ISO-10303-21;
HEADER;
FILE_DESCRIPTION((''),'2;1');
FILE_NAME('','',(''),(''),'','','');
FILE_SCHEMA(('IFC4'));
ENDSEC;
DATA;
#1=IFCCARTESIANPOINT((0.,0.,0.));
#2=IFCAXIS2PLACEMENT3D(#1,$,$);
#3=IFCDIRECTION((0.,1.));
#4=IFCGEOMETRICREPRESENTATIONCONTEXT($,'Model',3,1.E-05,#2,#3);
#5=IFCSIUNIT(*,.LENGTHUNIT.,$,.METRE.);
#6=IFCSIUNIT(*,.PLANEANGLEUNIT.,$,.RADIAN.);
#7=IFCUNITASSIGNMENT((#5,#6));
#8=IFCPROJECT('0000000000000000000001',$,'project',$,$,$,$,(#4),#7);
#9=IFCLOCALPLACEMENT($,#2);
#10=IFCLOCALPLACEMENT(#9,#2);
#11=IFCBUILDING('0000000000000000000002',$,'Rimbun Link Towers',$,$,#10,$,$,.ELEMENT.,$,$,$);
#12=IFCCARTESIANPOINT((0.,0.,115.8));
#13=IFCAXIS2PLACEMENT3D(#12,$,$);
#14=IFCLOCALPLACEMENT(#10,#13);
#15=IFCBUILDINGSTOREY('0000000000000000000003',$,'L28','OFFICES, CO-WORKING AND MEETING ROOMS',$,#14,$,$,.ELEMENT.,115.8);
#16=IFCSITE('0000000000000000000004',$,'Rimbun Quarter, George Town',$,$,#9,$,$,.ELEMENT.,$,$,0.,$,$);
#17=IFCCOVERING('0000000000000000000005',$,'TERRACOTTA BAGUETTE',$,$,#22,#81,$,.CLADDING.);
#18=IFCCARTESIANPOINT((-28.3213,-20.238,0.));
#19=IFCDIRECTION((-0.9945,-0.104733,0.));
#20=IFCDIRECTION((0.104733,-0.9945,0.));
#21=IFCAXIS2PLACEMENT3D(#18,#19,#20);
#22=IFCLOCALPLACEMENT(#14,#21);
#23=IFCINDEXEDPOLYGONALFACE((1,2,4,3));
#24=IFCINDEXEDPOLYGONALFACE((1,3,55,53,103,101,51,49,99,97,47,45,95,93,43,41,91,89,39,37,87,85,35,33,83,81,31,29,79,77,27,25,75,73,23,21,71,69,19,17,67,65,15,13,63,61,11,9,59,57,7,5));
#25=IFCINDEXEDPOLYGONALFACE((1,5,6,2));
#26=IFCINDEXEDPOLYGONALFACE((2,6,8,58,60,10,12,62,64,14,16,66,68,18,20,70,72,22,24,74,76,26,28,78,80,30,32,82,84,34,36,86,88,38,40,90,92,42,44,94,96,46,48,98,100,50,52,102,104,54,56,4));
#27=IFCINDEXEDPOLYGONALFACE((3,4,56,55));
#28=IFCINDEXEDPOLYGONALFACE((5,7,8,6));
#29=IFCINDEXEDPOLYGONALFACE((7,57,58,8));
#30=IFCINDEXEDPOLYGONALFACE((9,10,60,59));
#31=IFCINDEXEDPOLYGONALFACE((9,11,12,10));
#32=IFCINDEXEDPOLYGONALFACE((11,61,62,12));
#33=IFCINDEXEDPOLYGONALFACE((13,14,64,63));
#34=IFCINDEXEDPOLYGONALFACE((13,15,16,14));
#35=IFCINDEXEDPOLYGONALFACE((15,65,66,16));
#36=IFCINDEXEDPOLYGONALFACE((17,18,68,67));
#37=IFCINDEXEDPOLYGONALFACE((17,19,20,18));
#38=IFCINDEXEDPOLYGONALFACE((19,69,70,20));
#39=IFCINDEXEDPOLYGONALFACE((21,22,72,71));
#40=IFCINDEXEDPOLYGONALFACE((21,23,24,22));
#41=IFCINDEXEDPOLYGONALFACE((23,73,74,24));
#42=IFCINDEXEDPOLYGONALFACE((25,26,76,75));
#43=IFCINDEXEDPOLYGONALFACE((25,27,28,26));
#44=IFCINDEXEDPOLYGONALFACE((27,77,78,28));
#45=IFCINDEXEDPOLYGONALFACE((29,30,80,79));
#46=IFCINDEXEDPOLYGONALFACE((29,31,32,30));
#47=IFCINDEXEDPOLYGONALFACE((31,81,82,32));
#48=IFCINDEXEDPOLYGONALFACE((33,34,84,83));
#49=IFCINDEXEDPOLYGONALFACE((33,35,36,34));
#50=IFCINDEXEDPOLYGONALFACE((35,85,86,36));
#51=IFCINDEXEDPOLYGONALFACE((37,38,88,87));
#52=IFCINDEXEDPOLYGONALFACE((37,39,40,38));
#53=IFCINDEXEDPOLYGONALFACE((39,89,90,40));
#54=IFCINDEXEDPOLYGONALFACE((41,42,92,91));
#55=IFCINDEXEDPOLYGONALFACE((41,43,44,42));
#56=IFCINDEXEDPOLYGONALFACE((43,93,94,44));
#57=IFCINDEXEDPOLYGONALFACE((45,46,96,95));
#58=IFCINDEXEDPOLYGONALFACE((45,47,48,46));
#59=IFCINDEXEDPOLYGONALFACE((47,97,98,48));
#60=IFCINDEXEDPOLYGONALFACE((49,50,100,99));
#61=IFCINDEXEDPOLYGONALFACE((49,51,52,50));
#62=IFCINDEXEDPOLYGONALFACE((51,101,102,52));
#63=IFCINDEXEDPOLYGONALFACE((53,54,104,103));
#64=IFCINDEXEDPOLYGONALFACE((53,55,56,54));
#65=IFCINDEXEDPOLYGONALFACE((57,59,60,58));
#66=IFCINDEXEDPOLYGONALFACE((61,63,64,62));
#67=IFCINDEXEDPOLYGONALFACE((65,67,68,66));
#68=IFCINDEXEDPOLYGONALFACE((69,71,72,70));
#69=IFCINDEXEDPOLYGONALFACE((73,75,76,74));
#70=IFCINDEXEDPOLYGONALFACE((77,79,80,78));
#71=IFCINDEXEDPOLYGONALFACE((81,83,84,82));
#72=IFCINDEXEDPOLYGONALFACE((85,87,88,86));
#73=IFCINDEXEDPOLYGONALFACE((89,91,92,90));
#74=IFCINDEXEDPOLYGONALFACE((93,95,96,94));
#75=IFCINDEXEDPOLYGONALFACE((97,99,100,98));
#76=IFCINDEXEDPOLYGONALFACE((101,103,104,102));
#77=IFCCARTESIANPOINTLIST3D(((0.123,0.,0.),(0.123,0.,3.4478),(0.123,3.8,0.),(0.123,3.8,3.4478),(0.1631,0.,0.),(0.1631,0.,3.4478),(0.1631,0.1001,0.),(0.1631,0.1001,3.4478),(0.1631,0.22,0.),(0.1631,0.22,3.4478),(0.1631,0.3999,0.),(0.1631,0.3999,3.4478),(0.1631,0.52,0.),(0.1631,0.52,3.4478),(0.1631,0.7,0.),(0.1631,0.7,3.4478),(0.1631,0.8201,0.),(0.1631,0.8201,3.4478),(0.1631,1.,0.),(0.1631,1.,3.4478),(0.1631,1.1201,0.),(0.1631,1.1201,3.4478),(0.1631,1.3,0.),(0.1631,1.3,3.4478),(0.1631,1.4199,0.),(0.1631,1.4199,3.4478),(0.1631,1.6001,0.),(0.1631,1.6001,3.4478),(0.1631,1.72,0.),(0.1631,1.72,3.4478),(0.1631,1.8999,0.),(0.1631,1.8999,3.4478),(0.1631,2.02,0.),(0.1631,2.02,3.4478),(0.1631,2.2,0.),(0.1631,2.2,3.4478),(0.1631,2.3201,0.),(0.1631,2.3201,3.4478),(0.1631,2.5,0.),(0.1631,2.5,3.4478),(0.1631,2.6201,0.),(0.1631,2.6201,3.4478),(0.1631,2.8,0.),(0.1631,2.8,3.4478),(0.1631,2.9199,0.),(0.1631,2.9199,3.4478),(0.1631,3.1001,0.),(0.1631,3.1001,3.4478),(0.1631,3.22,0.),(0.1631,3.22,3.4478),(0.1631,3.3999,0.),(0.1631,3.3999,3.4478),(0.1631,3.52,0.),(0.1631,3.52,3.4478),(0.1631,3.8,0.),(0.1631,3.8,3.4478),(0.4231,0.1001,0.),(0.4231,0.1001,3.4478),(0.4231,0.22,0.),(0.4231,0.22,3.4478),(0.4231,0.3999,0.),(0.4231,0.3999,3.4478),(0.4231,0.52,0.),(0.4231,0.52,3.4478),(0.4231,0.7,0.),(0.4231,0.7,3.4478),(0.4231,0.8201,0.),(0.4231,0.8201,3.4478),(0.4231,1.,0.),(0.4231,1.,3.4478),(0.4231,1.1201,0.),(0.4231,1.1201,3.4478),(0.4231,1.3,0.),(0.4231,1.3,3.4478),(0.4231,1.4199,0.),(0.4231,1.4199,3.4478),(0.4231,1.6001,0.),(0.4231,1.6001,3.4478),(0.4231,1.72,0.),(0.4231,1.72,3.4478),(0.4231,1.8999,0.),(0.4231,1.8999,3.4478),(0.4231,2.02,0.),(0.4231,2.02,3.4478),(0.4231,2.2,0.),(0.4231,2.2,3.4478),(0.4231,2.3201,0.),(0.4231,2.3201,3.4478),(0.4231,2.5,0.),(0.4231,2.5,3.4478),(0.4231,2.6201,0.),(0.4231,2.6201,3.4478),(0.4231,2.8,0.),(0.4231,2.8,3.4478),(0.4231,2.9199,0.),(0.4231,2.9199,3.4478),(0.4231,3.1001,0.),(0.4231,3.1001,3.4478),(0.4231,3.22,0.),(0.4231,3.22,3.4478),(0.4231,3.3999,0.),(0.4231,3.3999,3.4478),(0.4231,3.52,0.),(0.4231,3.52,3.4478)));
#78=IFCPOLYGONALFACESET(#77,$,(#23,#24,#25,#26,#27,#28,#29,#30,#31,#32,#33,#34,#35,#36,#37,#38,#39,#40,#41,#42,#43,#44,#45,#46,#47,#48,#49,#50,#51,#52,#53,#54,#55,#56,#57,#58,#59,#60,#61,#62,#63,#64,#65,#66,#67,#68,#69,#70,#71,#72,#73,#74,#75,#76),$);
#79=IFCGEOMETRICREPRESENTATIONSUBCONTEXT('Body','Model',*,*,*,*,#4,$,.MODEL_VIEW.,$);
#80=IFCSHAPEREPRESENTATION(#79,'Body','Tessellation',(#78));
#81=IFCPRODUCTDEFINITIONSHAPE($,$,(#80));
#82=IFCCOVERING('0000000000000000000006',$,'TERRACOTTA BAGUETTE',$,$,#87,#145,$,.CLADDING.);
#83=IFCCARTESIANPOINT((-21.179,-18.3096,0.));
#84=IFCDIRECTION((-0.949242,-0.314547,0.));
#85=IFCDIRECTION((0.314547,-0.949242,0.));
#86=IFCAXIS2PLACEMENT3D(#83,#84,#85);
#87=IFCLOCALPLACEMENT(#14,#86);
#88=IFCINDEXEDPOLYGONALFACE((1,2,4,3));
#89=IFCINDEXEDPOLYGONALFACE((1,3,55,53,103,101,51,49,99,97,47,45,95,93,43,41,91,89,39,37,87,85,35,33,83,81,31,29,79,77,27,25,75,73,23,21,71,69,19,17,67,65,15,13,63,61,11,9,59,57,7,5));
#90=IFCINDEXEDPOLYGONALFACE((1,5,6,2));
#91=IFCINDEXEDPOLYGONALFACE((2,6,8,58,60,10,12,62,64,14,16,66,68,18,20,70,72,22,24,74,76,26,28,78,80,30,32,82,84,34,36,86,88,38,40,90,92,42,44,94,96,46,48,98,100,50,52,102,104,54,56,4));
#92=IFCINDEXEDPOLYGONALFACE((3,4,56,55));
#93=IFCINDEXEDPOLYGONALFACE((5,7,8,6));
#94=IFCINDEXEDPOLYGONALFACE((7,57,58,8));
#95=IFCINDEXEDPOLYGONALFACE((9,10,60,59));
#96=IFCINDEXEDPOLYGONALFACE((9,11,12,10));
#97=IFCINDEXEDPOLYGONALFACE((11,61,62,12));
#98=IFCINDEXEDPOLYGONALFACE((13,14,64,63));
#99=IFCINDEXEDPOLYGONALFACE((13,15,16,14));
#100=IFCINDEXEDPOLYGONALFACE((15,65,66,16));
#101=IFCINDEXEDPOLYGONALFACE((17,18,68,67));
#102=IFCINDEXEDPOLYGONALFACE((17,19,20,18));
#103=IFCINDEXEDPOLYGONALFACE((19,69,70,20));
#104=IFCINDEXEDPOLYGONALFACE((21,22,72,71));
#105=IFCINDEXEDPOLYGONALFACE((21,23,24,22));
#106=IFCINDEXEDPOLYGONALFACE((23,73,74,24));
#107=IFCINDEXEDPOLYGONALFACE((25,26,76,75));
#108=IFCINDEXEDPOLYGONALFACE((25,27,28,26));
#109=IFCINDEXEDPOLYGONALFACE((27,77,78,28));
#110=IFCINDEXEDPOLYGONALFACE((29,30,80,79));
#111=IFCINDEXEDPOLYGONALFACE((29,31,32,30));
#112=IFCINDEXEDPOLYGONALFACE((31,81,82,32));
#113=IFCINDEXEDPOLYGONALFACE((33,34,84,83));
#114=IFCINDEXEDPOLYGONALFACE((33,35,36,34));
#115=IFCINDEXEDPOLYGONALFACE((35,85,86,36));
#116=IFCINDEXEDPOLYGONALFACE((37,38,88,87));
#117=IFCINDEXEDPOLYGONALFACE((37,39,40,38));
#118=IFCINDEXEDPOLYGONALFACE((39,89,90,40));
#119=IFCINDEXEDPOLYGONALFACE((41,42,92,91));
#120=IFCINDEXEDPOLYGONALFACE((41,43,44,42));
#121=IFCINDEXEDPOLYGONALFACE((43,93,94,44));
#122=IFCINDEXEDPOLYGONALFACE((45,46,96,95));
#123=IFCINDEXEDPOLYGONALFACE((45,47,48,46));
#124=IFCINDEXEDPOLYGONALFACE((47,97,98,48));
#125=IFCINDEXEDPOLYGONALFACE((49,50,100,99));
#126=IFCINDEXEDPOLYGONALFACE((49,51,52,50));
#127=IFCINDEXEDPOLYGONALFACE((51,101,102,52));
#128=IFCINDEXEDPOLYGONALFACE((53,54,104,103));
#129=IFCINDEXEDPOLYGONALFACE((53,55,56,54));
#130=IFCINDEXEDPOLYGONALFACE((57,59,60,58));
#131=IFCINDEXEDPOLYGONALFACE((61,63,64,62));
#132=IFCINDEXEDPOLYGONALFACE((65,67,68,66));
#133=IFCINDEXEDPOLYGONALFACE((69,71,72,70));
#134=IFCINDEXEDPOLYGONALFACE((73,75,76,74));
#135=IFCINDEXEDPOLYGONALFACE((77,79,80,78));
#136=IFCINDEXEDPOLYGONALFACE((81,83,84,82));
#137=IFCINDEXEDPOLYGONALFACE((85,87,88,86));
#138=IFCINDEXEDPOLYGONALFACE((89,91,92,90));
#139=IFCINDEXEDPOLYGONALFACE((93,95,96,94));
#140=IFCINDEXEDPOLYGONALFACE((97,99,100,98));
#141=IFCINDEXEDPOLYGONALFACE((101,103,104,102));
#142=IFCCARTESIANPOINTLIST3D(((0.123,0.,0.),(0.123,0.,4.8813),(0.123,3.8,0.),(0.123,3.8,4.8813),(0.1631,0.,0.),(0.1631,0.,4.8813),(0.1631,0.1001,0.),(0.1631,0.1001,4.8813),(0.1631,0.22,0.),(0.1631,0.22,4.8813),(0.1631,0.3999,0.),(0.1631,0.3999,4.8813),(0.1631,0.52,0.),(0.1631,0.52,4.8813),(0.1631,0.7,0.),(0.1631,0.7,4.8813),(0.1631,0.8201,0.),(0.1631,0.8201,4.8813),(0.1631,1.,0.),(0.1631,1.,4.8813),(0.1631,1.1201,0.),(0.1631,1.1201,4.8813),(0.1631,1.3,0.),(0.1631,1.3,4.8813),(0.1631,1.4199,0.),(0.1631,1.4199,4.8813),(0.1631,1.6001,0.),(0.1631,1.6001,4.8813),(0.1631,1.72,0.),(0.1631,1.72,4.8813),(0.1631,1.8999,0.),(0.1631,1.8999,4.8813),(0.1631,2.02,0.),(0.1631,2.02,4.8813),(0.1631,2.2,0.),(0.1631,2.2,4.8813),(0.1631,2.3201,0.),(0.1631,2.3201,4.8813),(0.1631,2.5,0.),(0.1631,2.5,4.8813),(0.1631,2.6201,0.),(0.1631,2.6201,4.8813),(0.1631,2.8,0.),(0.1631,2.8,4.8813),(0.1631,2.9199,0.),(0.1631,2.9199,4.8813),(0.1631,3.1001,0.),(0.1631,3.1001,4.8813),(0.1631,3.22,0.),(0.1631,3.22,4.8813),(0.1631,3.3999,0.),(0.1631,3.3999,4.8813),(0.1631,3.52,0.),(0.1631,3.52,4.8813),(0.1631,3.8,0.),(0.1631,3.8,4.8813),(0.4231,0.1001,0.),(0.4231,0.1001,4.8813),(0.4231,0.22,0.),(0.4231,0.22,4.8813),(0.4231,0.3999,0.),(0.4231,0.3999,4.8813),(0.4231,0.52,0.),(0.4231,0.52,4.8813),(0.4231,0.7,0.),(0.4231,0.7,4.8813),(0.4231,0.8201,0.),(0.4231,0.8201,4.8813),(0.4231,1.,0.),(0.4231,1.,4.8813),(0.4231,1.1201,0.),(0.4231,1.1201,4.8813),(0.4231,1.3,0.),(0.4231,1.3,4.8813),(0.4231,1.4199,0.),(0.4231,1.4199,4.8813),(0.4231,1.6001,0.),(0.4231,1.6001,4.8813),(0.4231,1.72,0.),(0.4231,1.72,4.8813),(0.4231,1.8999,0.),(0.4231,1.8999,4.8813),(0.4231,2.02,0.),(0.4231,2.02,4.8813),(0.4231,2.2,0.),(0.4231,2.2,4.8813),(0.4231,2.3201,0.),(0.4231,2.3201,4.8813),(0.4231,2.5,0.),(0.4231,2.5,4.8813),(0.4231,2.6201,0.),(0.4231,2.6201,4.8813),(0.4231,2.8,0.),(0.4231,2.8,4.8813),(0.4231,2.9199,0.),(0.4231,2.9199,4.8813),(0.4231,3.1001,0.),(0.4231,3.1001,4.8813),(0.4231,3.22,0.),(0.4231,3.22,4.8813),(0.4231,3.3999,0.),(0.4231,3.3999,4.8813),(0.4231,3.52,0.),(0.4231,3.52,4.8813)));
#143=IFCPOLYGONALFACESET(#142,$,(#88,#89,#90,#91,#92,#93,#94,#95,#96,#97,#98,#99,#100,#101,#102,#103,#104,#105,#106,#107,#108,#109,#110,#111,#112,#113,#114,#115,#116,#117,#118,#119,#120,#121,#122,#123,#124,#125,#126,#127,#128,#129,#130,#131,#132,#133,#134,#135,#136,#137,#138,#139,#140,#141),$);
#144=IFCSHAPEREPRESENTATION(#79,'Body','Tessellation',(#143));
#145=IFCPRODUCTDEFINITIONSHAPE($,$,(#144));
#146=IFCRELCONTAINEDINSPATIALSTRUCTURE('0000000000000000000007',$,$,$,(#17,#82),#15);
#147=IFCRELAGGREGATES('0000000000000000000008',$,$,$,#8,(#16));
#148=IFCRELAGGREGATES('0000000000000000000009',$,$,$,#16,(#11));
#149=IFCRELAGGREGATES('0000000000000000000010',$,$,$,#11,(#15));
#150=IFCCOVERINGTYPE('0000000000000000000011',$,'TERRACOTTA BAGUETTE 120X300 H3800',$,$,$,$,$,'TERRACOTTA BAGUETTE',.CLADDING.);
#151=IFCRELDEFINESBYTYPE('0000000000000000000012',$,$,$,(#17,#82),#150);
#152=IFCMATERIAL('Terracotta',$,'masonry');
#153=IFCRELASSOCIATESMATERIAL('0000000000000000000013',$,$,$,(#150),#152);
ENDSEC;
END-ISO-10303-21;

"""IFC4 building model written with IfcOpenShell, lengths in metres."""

from ifc_helpers import new_model, si_unit, direction, frame, origin, place, context, subcontext, project, spatial, polyline, outline, extrude, material, material_profile, profile_set, type_object, element, save


model = new_model("IFC4")

# Units and contexts
model_context = context("Model", 3, precision=1e-05, world=origin(), true_north=direction((0.0, 1.0)))
body_context = subcontext(model_context, "Body", "Model", "MODEL_VIEW")
ifc_project = project(units=[si_unit("LENGTHUNIT", "METRE"), si_unit("PLANEANGLEUNIT", "RADIAN")], contexts=[model_context])

# Site, building, storey
site_placement = place(None, origin())
site = spatial("IfcSite", under=ifc_project, at=site_placement, Name="Rimbun Quarter, George Town", CompositionType="ELEMENT", RefElevation=0.0)
building_placement = place(site_placement, origin())
building = spatial("IfcBuilding", under=site, at=building_placement, Name="Rimbun Link Towers", CompositionType="ELEMENT")
storey_placement = place(building_placement, frame((0.0, 0.0, 115.8)))
storey = spatial("IfcBuildingStorey", under=building, at=storey_placement, Name="L28", Description="OFFICES, CO-WORKING AND MEETING ROOMS", CompositionType="ELEMENT", Elevation=115.8)

# Coverings
ifc_material_1 = material(Name="Terracotta", Category="masonry")
ifc_material_profile_1 = material_profile(ifc_material_1, outline(polyline([(0.123, 0.0), (0.1631, 0.0), (0.1631, 0.1001), (0.4231, 0.1001), (0.4231, 0.22), (0.1631, 0.22), (0.1631, 0.3999), (0.4231, 0.3999), (0.4231, 0.52), (0.1631, 0.52), (0.1631, 0.7), (0.4231, 0.7), (0.4231, 0.8201), (0.1631, 0.8201), (0.1631, 1.0), (0.4231, 1.0), (0.4231, 1.1201), (0.1631, 1.1201), (0.1631, 1.3), (0.4231, 1.3), (0.4231, 1.4199), (0.1631, 1.4199), (0.1631, 1.6001), (0.4231, 1.6001), (0.4231, 1.72), (0.1631, 1.72), (0.1631, 1.8999), (0.4231, 1.8999), (0.4231, 2.02), (0.1631, 2.02), (0.1631, 2.2), (0.4231, 2.2), (0.4231, 2.3201), (0.1631, 2.3201), (0.1631, 2.5), (0.4231, 2.5), (0.4231, 2.6201), (0.1631, 2.6201), (0.1631, 2.8), (0.4231, 2.8), (0.4231, 2.9199), (0.1631, 2.9199), (0.1631, 3.1001), (0.4231, 3.1001), (0.4231, 3.22), (0.1631, 3.22), (0.1631, 3.3999), (0.4231, 3.3999), (0.4231, 3.52), (0.1631, 3.52), (0.1631, 3.8), (0.123, 3.8), (0.123, 0.0)])), Name="BAGUETTE 120X300")
ifc_profile_set_1 = profile_set([ifc_material_profile_1], Name="Terracotta")
covering_type = type_object("IfcCoveringType", Name="TERRACOTTA BAGUETTE 120X300 H3800", ElementType="TERRACOTTA BAGUETTE", PredefinedType="CLADDING", material=ifc_profile_set_1)
covering_1_placement = place(storey_placement, frame((-28.3213, -20.238, 0.0), z_axis=(-0.9945, -0.104733, 0.0), x_axis=(0.104733, -0.9945, 0.0)))
element("IfcCovering", 1, at=covering_1_placement, inside=storey, type_object=covering_type, Name="TERRACOTTA BAGUETTE", PredefinedType="CLADDING", context=body_context, shape_type="SweptSolid", body=[
    extrude(outline(polyline([(0.123, 0.0), (0.1631, 0.0), (0.1631, 0.1001), (0.4231, 0.1001), (0.4231, 0.22), (0.1631, 0.22), (0.1631, 0.3999), (0.4231, 0.3999), (0.4231, 0.52), (0.1631, 0.52), (0.1631, 0.7), (0.4231, 0.7), (0.4231, 0.8201), (0.1631, 0.8201), (0.1631, 1.0), (0.4231, 1.0), (0.4231, 1.1201), (0.1631, 1.1201), (0.1631, 1.3), (0.4231, 1.3), (0.4231, 1.4199), (0.1631, 1.4199), (0.1631, 1.6001), (0.4231, 1.6001), (0.4231, 1.72), (0.1631, 1.72), (0.1631, 1.8999), (0.4231, 1.8999), (0.4231, 2.02), (0.1631, 2.02), (0.1631, 2.2), (0.4231, 2.2), (0.4231, 2.3201), (0.1631, 2.3201), (0.1631, 2.5), (0.4231, 2.5), (0.4231, 2.6201), (0.1631, 2.6201), (0.1631, 2.8), (0.4231, 2.8), (0.4231, 2.9199), (0.1631, 2.9199), (0.1631, 3.1001), (0.4231, 3.1001), (0.4231, 3.22), (0.1631, 3.22), (0.1631, 3.3999), (0.4231, 3.3999), (0.4231, 3.52), (0.1631, 3.52), (0.1631, 3.8), (0.123, 3.8), (0.123, 0.0)])), origin(), (0.0, 0.0, 1.0), 3.4478),
])
covering_2_placement = place(storey_placement, frame((-21.179, -18.3096, 0.0), z_axis=(-0.949242, -0.314547, 0.0), x_axis=(0.314547, -0.949242, 0.0)))
element("IfcCovering", 2, at=covering_2_placement, inside=storey, type_object=covering_type, Name="TERRACOTTA BAGUETTE", PredefinedType="CLADDING", context=body_context, shape_type="SweptSolid", body=[
    extrude(outline(polyline([(0.123, 0.0), (0.1631, 0.0), (0.1631, 0.1001), (0.4231, 0.1001), (0.4231, 0.22), (0.1631, 0.22), (0.1631, 0.3999), (0.4231, 0.3999), (0.4231, 0.52), (0.1631, 0.52), (0.1631, 0.7), (0.4231, 0.7), (0.4231, 0.8201), (0.1631, 0.8201), (0.1631, 1.0), (0.4231, 1.0), (0.4231, 1.1201), (0.1631, 1.1201), (0.1631, 1.3), (0.4231, 1.3), (0.4231, 1.4199), (0.1631, 1.4199), (0.1631, 1.6001), (0.4231, 1.6001), (0.4231, 1.72), (0.1631, 1.72), (0.1631, 1.8999), (0.4231, 1.8999), (0.4231, 2.02), (0.1631, 2.02), (0.1631, 2.2), (0.4231, 2.2), (0.4231, 2.3201), (0.1631, 2.3201), (0.1631, 2.5), (0.4231, 2.5), (0.4231, 2.6201), (0.1631, 2.6201), (0.1631, 2.8), (0.4231, 2.8), (0.4231, 2.9199), (0.1631, 2.9199), (0.1631, 3.1001), (0.4231, 3.1001), (0.4231, 3.22), (0.1631, 3.22), (0.1631, 3.3999), (0.4231, 3.3999), (0.4231, 3.52), (0.1631, 3.52), (0.1631, 3.8), (0.123, 3.8), (0.123, 0.0)])), origin(), (0.0, 0.0, 1.0), 4.8813),
])

save(model, "model.ifc")
